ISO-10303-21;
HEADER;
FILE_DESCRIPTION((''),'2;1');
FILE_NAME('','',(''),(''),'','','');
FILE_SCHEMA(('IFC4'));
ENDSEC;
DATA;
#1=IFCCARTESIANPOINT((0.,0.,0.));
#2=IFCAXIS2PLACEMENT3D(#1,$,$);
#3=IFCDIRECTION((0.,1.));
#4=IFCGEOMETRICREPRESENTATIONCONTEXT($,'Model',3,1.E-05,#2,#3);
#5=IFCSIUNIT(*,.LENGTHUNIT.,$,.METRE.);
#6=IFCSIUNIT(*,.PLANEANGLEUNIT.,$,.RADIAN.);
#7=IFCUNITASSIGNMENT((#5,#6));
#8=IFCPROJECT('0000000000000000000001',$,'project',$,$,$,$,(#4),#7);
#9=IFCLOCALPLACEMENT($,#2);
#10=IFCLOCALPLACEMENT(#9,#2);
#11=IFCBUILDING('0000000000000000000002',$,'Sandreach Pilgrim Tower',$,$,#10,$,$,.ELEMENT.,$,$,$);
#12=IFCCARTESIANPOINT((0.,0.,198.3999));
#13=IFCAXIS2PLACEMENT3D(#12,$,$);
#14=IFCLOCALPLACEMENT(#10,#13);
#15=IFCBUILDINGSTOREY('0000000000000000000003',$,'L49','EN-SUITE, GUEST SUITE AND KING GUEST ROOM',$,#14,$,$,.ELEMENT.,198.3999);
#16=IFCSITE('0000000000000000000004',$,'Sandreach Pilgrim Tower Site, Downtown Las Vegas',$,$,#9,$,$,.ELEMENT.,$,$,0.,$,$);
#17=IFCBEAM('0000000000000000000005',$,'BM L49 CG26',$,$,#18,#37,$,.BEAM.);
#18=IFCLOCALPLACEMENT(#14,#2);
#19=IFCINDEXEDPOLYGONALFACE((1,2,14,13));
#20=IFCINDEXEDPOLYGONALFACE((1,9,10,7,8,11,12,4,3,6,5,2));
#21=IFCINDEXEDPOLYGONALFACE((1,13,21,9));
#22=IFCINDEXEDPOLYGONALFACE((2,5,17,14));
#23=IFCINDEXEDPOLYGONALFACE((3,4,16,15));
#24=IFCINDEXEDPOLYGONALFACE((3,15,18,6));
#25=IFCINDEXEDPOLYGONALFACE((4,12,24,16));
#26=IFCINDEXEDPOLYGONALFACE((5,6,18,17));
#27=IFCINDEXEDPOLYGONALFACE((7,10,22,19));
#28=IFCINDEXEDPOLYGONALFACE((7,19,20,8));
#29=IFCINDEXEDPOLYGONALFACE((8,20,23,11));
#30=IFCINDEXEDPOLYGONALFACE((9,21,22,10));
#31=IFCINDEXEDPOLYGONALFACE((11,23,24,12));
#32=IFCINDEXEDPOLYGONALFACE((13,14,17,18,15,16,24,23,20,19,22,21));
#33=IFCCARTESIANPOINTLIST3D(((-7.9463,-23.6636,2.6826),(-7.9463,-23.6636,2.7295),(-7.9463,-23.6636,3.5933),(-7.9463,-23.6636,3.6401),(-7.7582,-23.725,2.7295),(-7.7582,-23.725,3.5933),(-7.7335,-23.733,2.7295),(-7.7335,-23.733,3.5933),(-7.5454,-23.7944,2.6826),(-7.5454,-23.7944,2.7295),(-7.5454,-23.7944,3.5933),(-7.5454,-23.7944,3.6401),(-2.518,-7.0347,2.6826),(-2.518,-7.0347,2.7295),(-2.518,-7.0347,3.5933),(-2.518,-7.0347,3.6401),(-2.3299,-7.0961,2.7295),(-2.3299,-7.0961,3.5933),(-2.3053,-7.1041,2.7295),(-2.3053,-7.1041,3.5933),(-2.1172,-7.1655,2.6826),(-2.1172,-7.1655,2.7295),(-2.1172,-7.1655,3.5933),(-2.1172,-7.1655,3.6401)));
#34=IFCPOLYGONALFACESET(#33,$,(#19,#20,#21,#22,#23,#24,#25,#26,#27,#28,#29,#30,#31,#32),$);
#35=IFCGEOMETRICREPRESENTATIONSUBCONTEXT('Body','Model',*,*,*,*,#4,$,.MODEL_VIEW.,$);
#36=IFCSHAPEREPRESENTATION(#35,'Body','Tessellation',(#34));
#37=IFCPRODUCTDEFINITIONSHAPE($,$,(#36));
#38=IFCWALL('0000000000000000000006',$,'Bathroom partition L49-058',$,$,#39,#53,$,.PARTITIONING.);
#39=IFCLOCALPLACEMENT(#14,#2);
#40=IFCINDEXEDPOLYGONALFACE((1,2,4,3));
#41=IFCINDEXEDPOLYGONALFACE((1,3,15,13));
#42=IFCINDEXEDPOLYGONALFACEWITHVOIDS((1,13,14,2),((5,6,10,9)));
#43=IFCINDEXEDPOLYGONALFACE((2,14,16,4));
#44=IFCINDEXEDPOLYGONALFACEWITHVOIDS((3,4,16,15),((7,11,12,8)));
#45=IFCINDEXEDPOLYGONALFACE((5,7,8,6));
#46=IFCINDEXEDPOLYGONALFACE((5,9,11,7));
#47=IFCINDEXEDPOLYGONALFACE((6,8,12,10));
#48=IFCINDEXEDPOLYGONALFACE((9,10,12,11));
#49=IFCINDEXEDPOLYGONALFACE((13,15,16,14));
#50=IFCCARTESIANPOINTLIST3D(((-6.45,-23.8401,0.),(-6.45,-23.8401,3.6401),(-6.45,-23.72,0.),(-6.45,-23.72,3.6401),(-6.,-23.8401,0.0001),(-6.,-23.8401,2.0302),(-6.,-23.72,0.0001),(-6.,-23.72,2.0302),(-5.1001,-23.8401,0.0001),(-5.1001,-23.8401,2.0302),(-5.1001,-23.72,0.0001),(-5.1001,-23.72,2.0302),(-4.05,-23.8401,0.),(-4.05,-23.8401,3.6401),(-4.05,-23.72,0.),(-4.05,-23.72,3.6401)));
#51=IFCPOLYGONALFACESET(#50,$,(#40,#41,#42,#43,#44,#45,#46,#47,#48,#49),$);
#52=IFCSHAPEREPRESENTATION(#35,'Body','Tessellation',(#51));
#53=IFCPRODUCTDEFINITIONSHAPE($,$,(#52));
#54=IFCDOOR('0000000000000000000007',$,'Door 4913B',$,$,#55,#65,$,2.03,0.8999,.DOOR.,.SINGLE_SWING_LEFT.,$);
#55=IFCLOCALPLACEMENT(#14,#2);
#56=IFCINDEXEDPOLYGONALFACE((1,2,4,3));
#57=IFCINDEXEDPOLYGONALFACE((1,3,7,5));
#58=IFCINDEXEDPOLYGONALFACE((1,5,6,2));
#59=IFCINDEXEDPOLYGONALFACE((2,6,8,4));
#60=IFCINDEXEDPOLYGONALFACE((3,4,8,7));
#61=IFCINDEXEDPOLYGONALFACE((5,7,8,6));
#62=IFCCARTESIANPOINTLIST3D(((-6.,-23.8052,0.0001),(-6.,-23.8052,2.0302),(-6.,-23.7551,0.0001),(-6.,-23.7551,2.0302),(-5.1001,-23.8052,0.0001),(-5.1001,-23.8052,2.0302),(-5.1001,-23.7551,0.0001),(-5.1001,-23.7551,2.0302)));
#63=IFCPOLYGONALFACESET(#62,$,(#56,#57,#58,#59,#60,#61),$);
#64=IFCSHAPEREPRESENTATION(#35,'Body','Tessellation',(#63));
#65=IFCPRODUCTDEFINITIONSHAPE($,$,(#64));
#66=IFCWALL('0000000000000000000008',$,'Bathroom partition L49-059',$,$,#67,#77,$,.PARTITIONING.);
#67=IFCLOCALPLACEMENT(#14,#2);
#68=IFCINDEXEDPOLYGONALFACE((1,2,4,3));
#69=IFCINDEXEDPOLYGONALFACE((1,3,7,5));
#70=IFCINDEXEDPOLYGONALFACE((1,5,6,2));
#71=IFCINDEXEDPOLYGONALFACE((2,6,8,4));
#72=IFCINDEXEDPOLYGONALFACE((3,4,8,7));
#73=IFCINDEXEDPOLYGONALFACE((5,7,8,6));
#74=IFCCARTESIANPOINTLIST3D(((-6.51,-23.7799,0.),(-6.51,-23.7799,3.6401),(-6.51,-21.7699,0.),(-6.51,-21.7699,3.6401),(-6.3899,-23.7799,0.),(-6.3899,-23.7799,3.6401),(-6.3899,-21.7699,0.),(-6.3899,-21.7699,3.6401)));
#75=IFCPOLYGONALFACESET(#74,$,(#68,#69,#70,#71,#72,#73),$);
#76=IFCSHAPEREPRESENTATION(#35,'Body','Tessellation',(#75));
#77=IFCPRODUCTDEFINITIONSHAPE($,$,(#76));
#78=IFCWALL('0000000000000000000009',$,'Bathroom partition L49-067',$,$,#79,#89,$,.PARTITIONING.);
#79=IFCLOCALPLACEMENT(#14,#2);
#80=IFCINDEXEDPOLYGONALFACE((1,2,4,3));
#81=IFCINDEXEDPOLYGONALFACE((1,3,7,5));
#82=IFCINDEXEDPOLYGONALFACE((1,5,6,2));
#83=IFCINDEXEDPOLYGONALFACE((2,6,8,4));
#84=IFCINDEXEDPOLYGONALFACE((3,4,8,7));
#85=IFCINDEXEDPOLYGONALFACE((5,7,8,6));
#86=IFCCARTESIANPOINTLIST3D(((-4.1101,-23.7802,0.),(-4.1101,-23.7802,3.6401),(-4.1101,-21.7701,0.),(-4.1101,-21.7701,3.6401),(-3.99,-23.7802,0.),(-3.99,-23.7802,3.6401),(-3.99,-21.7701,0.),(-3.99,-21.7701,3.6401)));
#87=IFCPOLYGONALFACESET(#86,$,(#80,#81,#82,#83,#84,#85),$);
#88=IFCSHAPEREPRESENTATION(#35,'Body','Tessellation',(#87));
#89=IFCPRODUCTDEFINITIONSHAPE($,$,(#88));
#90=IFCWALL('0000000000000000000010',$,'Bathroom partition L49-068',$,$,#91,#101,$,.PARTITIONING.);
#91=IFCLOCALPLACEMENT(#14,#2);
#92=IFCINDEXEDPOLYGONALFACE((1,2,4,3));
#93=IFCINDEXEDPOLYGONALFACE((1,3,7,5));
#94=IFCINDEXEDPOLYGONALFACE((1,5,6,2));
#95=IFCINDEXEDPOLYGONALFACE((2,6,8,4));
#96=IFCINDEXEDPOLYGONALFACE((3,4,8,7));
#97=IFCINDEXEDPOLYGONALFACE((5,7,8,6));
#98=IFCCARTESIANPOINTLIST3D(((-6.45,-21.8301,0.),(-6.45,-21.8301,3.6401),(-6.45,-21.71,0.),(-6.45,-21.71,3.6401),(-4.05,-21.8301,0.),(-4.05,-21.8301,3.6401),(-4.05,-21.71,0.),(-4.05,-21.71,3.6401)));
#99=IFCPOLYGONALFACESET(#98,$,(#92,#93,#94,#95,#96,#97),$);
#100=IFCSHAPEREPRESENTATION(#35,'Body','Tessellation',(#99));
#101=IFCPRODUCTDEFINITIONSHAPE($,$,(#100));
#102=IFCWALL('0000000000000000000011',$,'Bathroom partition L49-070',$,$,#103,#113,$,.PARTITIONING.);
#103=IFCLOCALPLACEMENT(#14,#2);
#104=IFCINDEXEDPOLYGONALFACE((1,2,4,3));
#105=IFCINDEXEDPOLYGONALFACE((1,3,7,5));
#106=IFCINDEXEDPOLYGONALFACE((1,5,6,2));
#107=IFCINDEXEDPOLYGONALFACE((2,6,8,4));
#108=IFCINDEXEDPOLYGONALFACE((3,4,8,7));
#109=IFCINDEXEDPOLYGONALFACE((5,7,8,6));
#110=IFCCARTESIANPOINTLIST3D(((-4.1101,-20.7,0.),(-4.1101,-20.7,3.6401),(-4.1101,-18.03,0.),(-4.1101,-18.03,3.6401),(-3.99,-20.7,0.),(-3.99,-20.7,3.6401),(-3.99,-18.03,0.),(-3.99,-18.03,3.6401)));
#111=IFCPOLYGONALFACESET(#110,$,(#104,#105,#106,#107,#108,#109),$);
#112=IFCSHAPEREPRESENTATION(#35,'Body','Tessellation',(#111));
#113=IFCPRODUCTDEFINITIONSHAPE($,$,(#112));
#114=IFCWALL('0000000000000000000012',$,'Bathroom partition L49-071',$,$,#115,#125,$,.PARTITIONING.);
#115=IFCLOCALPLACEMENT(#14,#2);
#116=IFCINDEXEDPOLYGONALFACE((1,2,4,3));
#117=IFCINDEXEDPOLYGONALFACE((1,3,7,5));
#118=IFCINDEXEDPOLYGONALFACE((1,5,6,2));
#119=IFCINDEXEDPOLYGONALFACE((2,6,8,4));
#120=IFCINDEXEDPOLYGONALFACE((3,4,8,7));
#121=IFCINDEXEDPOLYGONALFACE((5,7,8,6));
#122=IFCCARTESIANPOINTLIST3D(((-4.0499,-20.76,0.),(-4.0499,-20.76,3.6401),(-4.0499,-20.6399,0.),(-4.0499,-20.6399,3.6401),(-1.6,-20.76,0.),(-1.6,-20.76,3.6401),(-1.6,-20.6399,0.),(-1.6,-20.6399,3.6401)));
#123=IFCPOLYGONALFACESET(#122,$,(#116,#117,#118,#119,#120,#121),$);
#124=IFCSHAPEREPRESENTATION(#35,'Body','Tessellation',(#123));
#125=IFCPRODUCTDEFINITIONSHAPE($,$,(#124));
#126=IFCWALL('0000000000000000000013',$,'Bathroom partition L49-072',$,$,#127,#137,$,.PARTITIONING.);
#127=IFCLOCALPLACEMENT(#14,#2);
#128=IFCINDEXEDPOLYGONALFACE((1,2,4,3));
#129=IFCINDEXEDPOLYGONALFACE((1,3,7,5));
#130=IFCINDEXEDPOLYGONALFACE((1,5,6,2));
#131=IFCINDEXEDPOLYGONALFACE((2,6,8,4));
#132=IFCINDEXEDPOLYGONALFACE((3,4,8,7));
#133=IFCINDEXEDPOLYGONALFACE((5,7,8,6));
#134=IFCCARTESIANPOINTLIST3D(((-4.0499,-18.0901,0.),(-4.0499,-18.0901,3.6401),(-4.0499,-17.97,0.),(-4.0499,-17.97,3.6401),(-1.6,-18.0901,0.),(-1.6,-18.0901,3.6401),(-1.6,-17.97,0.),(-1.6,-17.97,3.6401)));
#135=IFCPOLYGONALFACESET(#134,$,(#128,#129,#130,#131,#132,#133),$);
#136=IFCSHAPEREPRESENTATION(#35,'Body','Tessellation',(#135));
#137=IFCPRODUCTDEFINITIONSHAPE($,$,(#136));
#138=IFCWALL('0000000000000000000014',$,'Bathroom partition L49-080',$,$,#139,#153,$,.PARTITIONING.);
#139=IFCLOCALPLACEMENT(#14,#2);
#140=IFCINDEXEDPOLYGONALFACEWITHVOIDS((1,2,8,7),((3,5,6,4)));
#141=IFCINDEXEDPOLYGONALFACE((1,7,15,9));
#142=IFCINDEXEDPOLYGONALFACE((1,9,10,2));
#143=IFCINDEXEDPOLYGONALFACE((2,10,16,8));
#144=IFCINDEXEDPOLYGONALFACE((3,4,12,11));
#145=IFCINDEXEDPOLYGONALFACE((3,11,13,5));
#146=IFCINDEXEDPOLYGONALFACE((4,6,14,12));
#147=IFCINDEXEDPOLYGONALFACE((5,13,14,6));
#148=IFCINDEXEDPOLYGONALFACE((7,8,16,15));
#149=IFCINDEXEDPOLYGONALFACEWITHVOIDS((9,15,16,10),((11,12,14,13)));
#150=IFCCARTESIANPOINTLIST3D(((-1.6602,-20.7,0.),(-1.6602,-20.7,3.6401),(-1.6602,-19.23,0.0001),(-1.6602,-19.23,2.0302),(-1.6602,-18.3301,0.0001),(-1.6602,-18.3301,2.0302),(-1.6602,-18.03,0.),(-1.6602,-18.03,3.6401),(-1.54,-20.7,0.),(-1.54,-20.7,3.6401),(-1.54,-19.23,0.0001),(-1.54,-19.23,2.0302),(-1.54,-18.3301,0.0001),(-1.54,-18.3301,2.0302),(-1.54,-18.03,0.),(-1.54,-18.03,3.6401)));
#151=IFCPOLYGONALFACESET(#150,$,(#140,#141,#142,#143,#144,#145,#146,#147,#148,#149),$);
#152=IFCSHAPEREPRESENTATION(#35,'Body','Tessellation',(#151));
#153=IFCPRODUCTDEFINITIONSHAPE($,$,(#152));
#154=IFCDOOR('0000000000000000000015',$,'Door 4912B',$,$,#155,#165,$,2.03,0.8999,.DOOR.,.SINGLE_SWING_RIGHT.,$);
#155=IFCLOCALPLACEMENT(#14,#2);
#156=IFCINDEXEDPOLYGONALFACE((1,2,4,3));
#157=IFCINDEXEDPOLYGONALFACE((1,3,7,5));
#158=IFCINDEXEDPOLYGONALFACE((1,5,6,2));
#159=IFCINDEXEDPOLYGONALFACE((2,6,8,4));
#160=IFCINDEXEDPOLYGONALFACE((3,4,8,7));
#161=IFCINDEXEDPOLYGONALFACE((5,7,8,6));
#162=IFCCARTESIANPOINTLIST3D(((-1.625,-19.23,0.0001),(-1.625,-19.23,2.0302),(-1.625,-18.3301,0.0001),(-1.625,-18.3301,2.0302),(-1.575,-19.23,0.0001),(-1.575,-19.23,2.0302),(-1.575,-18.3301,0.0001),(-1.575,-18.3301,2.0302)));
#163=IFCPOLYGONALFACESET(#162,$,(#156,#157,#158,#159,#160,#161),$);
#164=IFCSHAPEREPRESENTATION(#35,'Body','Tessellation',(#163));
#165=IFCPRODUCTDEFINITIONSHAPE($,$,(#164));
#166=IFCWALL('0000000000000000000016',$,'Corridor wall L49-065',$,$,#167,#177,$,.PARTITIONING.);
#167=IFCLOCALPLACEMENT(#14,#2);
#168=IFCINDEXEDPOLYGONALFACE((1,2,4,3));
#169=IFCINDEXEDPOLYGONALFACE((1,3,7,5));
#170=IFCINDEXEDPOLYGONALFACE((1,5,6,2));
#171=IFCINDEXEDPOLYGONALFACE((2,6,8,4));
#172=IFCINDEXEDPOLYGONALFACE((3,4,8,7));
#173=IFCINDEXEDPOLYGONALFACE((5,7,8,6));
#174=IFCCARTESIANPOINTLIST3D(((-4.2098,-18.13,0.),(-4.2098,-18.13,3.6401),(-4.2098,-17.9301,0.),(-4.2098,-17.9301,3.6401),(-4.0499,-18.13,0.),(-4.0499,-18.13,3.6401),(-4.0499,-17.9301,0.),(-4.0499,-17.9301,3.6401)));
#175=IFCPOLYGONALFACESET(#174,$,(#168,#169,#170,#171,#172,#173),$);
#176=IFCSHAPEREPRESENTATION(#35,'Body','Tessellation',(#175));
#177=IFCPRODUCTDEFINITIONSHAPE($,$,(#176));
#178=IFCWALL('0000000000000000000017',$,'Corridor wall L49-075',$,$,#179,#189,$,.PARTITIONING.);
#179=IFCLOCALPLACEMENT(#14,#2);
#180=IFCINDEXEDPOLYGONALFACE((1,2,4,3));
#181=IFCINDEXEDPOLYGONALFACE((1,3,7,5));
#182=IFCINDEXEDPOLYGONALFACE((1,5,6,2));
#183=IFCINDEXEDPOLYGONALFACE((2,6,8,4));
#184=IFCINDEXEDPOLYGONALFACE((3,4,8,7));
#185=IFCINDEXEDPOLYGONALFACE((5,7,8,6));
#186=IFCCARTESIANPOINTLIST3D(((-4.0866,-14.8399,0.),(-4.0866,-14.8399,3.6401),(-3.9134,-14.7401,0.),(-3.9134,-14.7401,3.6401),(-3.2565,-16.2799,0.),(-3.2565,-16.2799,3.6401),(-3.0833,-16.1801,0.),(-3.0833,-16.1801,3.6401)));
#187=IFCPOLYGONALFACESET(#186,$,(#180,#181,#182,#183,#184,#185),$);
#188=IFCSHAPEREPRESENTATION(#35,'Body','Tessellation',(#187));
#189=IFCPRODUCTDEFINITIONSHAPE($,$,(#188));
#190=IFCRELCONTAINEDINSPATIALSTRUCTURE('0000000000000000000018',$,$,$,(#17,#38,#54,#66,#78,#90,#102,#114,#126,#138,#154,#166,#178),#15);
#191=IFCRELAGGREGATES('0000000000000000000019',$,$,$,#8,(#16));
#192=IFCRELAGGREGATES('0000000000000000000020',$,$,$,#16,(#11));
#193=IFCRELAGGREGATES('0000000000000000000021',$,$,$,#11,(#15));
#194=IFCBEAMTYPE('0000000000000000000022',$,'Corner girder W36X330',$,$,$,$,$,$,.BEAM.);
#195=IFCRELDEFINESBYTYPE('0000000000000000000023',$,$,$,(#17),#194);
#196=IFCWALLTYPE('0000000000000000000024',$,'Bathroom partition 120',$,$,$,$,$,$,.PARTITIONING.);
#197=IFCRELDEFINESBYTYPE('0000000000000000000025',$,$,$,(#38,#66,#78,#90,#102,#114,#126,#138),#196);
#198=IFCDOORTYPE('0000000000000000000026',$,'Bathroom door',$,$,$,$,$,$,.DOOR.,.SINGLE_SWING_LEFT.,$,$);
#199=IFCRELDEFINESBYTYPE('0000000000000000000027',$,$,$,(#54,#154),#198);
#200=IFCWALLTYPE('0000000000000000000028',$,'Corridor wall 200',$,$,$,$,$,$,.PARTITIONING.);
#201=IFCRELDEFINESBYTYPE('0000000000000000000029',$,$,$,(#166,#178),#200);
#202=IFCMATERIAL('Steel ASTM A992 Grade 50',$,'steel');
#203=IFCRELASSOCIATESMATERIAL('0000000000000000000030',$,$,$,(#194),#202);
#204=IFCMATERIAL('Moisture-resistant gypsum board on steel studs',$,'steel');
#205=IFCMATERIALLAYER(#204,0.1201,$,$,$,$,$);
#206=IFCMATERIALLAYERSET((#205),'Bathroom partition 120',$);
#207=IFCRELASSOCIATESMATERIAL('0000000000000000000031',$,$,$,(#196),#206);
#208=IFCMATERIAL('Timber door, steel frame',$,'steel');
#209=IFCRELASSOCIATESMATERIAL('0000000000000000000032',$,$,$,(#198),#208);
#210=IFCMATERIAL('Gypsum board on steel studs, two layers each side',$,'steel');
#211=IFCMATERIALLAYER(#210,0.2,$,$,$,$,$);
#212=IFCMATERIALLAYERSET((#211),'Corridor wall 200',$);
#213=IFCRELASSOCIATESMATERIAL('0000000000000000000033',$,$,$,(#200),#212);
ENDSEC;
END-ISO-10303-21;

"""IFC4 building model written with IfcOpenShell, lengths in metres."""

from ifc_helpers import new_model, si_unit, direction, frame, frame_2d, origin, origin_2d, place, context, subcontext, project, spatial, rectangle, i_section, extrude, material, layer, layer_set, material_profile, profile_set, type_object, element, fill, save


model = new_model("IFC4")

# Units and contexts
model_context = context("Model", 3, precision=1e-05, world=origin(), true_north=direction((0.0, 1.0)))
body_context = subcontext(model_context, "Body", "Model", "MODEL_VIEW")
ifc_project = project(units=[si_unit("LENGTHUNIT", "METRE"), si_unit("PLANEANGLEUNIT", "RADIAN")], contexts=[model_context])

# Site, building, storey
site_placement = place(None, origin())
site = spatial("IfcSite", under=ifc_project, at=site_placement, Name="Sandreach Pilgrim Tower Site, Downtown Las Vegas", CompositionType="ELEMENT", RefElevation=0.0)
building_placement = place(site_placement, origin())
building = spatial("IfcBuilding", under=site, at=building_placement, Name="Sandreach Pilgrim Tower", CompositionType="ELEMENT")
storey_placement = place(building_placement, frame((0.0, 0.0, 198.3999)))
storey = spatial("IfcBuildingStorey", under=building, at=storey_placement, Name="L49", Description="EN-SUITE, GUEST SUITE AND KING GUEST ROOM", CompositionType="ELEMENT", Elevation=198.3999)

# Beam
ifc_material_1 = material(Name="Steel ASTM A992 Grade 50", Category="steel")
ifc_material_profile = material_profile(ifc_material_1, i_section(OverallWidth=0.4216, OverallDepth=0.9575, WebThickness=0.0259, FlangeThickness=0.0469, at=origin_2d()), Name="W36X330")
ifc_profile_set = profile_set([ifc_material_profile], Name="Steel ASTM A992 Grade 50")
beam_type = type_object("IfcBeamType", Name="Corner girder W36X330", PredefinedType="BEAM", material=ifc_profile_set)
beam_placement = place(storey_placement, frame((-7.7458, -23.729, 3.1614), z_axis=(0.310318, 0.950633, 0.0), x_axis=(-0.950633, 0.310318, 0.0)))
element("IfcBeam", 1, at=beam_placement, inside=storey, type_object=beam_type, Name="BM L49 CG26", PredefinedType="BEAM", context=body_context, shape_type="SweptSolid", body=[
    extrude(i_section(OverallWidth=0.4216, OverallDepth=0.9575, WebThickness=0.0259, FlangeThickness=0.0469, at=origin_2d()), origin(), (0.0, 0.0, 1.0), 17.4924),
])

# Wall, opening, door
ifc_material_2 = material(Name="Moisture-resistant gypsum board on steel studs", Category="steel")
ifc_layer_1 = layer(ifc_material_2, 0.1201)
ifc_layer_set_1 = layer_set([ifc_layer_1], Name="Bathroom partition 120")
wall_type_1 = type_object("IfcWallType", Name="Bathroom partition 120", PredefinedType="PARTITIONING", material=ifc_layer_set_1)
wall_1_placement = place(storey_placement, frame((-6.45, -23.78, 0.0), z_axis=(0.0, 0.0, 1.0), x_axis=(1.0, 0.0, 0.0)))
wall_1 = element("IfcWall", 2, at=wall_1_placement, inside=storey, type_object=wall_type_1, Name="Bathroom partition L49-058", PredefinedType="PARTITIONING", context=body_context, shape_type="SweptSolid", body=[
    extrude(rectangle(XDim=2.3999, YDim=0.1201, at=frame_2d((1.2, 0.0))), origin(), (0.0, 0.0, 1.0), 3.6401),
])
opening_1_placement = place(wall_1_placement, frame((0.45, 0.0, 0.0)))
opening_1 = element("IfcOpeningElement", 3, at=opening_1_placement, cuts=wall_1, PredefinedType="OPENING", context=body_context, shape_type="SweptSolid", body=[
    extrude(rectangle(XDim=0.8999, YDim=2.03, at=frame_2d((0.45, 1.0151))), frame((0.0, 0.0601, 0.0), z_axis=(0.0, -1.0, 0.0), x_axis=(1.0, 0.0, 0.0)), (0.0, 0.0, 1.0), 0.1201),
])
ifc_material_3 = material(Name="Timber door, steel frame", Category="steel")
door_type_1 = type_object("IfcDoorType", Name="Bathroom door", OperationType="SINGLE_SWING_LEFT", PredefinedType="DOOR", material=ifc_material_3)
door_1_placement = place(opening_1_placement, origin())
door_1 = element("IfcDoor", 4, at=door_1_placement, inside=storey, type_object=door_type_1, Name="Door 4913B", OperationType="SINGLE_SWING_LEFT", OverallHeight=2.03, OverallWidth=0.8999, PredefinedType="DOOR", context=body_context, shape_type="SweptSolid", body=[
    extrude(rectangle(XDim=0.8999, YDim=2.03, at=frame_2d((0.45, 1.0151))), frame((0.0, 0.0249, 0.0), z_axis=(0.0, -1.0, 0.0), x_axis=(1.0, 0.0, 0.0)), (0.0, 0.0, 1.0), 0.05),
])
fill(opening_1, door_1)

# Walls
for number, where, z_axis, x_axis, name in (
    (5, (-6.45, -21.77, 0.0), (0.0, 0.0, 1.0), (0.0, -1.0, 0.0), "Bathroom partition L49-059"),
    (6, (-4.05, -23.78, 0.0), (0.0, 0.0, 1.0), (0.0, 1.0, 0.0), "Bathroom partition L49-067"),
):
    element("IfcWall", number, at=place(storey_placement, frame(where, z_axis=z_axis, x_axis=x_axis)), inside=storey, type_object=wall_type_1, Name=name, PredefinedType="PARTITIONING", context=body_context, shape_type="SweptSolid", body=[
        extrude(rectangle(XDim=2.01, YDim=0.1201, at=frame_2d((1.0049, 0.0))), origin(), (0.0, 0.0, 1.0), 3.6401),
    ])
wall_2_placement = place(storey_placement, frame((-4.05, -21.77, 0.0), z_axis=(0.0, 0.0, 1.0), x_axis=(-1.0, 0.0, 0.0)))
element("IfcWall", 7, at=wall_2_placement, inside=storey, type_object=wall_type_1, Name="Bathroom partition L49-068", PredefinedType="PARTITIONING", context=body_context, shape_type="SweptSolid", body=[
    extrude(rectangle(XDim=2.3999, YDim=0.1201, at=frame_2d((1.2, 0.0))), origin(), (0.0, 0.0, 1.0), 3.6401),
])
wall_3_placement = place(storey_placement, frame((-4.05, -20.7, 0.0), z_axis=(0.0, 0.0, 1.0), x_axis=(0.0, 1.0, 0.0)))
element("IfcWall", 8, at=wall_3_placement, inside=storey, type_object=wall_type_1, Name="Bathroom partition L49-070", PredefinedType="PARTITIONING", context=body_context, shape_type="SweptSolid", body=[
    extrude(rectangle(XDim=2.6699, YDim=0.1201, at=frame_2d((1.335, 0.0))), origin(), (0.0, 0.0, 1.0), 3.6401),
])
for number, where, z_axis, x_axis, name in (
    (9, (-4.05, -20.7, 0.0), (0.0, 0.0, 1.0), (1.0, 0.0, 0.0), "Bathroom partition L49-071"),
    (10, (-4.05, -18.03, 0.0), (0.0, 0.0, 1.0), (1.0, 0.0, 0.0), "Bathroom partition L49-072"),
):
    element("IfcWall", number, at=place(storey_placement, frame(where, z_axis=z_axis, x_axis=x_axis)), inside=storey, type_object=wall_type_1, Name=name, PredefinedType="PARTITIONING", context=body_context, shape_type="SweptSolid", body=[
        extrude(rectangle(XDim=2.45, YDim=0.1201, at=frame_2d((1.2251, 0.0))), origin(), (0.0, 0.0, 1.0), 3.6401),
    ])

# Wall, opening, door
wall_4_placement = place(storey_placement, frame((-1.6001, -20.7, 0.0), z_axis=(0.0, 0.0, 1.0), x_axis=(0.0, 1.0, 0.0)))
wall_4 = element("IfcWall", 11, at=wall_4_placement, inside=storey, type_object=wall_type_1, Name="Bathroom partition L49-080", PredefinedType="PARTITIONING", context=body_context, shape_type="SweptSolid", body=[
    extrude(rectangle(XDim=2.6699, YDim=0.1201, at=frame_2d((1.335, 0.0))), origin(), (0.0, 0.0, 1.0), 3.6401),
])
opening_2_placement = place(wall_4_placement, frame((1.47, 0.0, 0.0)))
opening_2 = element("IfcOpeningElement", 12, at=opening_2_placement, cuts=wall_4, PredefinedType="OPENING", context=body_context, shape_type="SweptSolid", body=[
    extrude(rectangle(XDim=0.8999, YDim=2.03, at=frame_2d((0.45, 1.0151))), frame((0.0, 0.0601, 0.0), z_axis=(0.0, -1.0, 0.0), x_axis=(1.0, 0.0, 0.0)), (0.0, 0.0, 1.0), 0.1201),
])
door_2_placement = place(opening_2_placement, origin())
door_2 = element("IfcDoor", 13, at=door_2_placement, inside=storey, type_object=door_type_1, Name="Door 4912B", OperationType="SINGLE_SWING_RIGHT", OverallHeight=2.03, OverallWidth=0.8999, PredefinedType="DOOR", context=body_context, shape_type="SweptSolid", body=[
    extrude(rectangle(XDim=0.8999, YDim=2.03, at=frame_2d((0.45, 1.0151))), frame((0.0, 0.0249, 0.0), z_axis=(0.0, -1.0, 0.0), x_axis=(1.0, 0.0, 0.0)), (0.0, 0.0, 1.0), 0.05),
])
fill(opening_2, door_2)
ifc_material_4 = material(Name="Gypsum board on steel studs, two layers each side", Category="steel")
ifc_layer_2 = layer(ifc_material_4, 0.2)
ifc_layer_set_2 = layer_set([ifc_layer_2], Name="Corridor wall 200")
wall_type_2 = type_object("IfcWallType", Name="Corridor wall 200", PredefinedType="PARTITIONING", material=ifc_layer_set_2)

# Wall
wall_5_placement = place(storey_placement, frame((-4.21, -18.03, 0.0), z_axis=(0.0, 0.0, 1.0), x_axis=(1.0, 0.0, 0.0)))
element("IfcWall", 14, at=wall_5_placement, inside=storey, type_object=wall_type_2, Name="Corridor wall L49-065", PredefinedType="PARTITIONING", context=body_context, shape_type="SweptSolid", body=[
    extrude(rectangle(XDim=0.1599, YDim=0.2, at=frame_2d((0.0801, 0.0))), origin(), (0.0, 0.0, 1.0), 3.6401),
])

# Wall
wall_6_placement = place(storey_placement, frame((-3.1699, -16.23, 0.0), z_axis=(0.0, 0.0, 1.0), x_axis=(-0.499426, 0.866357, 0.0)))
element("IfcWall", 15, at=wall_6_placement, inside=storey, type_object=wall_type_2, Name="Corridor wall L49-075", PredefinedType="PARTITIONING", context=body_context, shape_type="SweptSolid", body=[
    extrude(rectangle(XDim=1.6621, YDim=0.2, at=frame_2d((0.8311, 0.0))), origin(), (0.0, 0.0, 1.0), 3.6401),
])

save(model, "model.ifc")
